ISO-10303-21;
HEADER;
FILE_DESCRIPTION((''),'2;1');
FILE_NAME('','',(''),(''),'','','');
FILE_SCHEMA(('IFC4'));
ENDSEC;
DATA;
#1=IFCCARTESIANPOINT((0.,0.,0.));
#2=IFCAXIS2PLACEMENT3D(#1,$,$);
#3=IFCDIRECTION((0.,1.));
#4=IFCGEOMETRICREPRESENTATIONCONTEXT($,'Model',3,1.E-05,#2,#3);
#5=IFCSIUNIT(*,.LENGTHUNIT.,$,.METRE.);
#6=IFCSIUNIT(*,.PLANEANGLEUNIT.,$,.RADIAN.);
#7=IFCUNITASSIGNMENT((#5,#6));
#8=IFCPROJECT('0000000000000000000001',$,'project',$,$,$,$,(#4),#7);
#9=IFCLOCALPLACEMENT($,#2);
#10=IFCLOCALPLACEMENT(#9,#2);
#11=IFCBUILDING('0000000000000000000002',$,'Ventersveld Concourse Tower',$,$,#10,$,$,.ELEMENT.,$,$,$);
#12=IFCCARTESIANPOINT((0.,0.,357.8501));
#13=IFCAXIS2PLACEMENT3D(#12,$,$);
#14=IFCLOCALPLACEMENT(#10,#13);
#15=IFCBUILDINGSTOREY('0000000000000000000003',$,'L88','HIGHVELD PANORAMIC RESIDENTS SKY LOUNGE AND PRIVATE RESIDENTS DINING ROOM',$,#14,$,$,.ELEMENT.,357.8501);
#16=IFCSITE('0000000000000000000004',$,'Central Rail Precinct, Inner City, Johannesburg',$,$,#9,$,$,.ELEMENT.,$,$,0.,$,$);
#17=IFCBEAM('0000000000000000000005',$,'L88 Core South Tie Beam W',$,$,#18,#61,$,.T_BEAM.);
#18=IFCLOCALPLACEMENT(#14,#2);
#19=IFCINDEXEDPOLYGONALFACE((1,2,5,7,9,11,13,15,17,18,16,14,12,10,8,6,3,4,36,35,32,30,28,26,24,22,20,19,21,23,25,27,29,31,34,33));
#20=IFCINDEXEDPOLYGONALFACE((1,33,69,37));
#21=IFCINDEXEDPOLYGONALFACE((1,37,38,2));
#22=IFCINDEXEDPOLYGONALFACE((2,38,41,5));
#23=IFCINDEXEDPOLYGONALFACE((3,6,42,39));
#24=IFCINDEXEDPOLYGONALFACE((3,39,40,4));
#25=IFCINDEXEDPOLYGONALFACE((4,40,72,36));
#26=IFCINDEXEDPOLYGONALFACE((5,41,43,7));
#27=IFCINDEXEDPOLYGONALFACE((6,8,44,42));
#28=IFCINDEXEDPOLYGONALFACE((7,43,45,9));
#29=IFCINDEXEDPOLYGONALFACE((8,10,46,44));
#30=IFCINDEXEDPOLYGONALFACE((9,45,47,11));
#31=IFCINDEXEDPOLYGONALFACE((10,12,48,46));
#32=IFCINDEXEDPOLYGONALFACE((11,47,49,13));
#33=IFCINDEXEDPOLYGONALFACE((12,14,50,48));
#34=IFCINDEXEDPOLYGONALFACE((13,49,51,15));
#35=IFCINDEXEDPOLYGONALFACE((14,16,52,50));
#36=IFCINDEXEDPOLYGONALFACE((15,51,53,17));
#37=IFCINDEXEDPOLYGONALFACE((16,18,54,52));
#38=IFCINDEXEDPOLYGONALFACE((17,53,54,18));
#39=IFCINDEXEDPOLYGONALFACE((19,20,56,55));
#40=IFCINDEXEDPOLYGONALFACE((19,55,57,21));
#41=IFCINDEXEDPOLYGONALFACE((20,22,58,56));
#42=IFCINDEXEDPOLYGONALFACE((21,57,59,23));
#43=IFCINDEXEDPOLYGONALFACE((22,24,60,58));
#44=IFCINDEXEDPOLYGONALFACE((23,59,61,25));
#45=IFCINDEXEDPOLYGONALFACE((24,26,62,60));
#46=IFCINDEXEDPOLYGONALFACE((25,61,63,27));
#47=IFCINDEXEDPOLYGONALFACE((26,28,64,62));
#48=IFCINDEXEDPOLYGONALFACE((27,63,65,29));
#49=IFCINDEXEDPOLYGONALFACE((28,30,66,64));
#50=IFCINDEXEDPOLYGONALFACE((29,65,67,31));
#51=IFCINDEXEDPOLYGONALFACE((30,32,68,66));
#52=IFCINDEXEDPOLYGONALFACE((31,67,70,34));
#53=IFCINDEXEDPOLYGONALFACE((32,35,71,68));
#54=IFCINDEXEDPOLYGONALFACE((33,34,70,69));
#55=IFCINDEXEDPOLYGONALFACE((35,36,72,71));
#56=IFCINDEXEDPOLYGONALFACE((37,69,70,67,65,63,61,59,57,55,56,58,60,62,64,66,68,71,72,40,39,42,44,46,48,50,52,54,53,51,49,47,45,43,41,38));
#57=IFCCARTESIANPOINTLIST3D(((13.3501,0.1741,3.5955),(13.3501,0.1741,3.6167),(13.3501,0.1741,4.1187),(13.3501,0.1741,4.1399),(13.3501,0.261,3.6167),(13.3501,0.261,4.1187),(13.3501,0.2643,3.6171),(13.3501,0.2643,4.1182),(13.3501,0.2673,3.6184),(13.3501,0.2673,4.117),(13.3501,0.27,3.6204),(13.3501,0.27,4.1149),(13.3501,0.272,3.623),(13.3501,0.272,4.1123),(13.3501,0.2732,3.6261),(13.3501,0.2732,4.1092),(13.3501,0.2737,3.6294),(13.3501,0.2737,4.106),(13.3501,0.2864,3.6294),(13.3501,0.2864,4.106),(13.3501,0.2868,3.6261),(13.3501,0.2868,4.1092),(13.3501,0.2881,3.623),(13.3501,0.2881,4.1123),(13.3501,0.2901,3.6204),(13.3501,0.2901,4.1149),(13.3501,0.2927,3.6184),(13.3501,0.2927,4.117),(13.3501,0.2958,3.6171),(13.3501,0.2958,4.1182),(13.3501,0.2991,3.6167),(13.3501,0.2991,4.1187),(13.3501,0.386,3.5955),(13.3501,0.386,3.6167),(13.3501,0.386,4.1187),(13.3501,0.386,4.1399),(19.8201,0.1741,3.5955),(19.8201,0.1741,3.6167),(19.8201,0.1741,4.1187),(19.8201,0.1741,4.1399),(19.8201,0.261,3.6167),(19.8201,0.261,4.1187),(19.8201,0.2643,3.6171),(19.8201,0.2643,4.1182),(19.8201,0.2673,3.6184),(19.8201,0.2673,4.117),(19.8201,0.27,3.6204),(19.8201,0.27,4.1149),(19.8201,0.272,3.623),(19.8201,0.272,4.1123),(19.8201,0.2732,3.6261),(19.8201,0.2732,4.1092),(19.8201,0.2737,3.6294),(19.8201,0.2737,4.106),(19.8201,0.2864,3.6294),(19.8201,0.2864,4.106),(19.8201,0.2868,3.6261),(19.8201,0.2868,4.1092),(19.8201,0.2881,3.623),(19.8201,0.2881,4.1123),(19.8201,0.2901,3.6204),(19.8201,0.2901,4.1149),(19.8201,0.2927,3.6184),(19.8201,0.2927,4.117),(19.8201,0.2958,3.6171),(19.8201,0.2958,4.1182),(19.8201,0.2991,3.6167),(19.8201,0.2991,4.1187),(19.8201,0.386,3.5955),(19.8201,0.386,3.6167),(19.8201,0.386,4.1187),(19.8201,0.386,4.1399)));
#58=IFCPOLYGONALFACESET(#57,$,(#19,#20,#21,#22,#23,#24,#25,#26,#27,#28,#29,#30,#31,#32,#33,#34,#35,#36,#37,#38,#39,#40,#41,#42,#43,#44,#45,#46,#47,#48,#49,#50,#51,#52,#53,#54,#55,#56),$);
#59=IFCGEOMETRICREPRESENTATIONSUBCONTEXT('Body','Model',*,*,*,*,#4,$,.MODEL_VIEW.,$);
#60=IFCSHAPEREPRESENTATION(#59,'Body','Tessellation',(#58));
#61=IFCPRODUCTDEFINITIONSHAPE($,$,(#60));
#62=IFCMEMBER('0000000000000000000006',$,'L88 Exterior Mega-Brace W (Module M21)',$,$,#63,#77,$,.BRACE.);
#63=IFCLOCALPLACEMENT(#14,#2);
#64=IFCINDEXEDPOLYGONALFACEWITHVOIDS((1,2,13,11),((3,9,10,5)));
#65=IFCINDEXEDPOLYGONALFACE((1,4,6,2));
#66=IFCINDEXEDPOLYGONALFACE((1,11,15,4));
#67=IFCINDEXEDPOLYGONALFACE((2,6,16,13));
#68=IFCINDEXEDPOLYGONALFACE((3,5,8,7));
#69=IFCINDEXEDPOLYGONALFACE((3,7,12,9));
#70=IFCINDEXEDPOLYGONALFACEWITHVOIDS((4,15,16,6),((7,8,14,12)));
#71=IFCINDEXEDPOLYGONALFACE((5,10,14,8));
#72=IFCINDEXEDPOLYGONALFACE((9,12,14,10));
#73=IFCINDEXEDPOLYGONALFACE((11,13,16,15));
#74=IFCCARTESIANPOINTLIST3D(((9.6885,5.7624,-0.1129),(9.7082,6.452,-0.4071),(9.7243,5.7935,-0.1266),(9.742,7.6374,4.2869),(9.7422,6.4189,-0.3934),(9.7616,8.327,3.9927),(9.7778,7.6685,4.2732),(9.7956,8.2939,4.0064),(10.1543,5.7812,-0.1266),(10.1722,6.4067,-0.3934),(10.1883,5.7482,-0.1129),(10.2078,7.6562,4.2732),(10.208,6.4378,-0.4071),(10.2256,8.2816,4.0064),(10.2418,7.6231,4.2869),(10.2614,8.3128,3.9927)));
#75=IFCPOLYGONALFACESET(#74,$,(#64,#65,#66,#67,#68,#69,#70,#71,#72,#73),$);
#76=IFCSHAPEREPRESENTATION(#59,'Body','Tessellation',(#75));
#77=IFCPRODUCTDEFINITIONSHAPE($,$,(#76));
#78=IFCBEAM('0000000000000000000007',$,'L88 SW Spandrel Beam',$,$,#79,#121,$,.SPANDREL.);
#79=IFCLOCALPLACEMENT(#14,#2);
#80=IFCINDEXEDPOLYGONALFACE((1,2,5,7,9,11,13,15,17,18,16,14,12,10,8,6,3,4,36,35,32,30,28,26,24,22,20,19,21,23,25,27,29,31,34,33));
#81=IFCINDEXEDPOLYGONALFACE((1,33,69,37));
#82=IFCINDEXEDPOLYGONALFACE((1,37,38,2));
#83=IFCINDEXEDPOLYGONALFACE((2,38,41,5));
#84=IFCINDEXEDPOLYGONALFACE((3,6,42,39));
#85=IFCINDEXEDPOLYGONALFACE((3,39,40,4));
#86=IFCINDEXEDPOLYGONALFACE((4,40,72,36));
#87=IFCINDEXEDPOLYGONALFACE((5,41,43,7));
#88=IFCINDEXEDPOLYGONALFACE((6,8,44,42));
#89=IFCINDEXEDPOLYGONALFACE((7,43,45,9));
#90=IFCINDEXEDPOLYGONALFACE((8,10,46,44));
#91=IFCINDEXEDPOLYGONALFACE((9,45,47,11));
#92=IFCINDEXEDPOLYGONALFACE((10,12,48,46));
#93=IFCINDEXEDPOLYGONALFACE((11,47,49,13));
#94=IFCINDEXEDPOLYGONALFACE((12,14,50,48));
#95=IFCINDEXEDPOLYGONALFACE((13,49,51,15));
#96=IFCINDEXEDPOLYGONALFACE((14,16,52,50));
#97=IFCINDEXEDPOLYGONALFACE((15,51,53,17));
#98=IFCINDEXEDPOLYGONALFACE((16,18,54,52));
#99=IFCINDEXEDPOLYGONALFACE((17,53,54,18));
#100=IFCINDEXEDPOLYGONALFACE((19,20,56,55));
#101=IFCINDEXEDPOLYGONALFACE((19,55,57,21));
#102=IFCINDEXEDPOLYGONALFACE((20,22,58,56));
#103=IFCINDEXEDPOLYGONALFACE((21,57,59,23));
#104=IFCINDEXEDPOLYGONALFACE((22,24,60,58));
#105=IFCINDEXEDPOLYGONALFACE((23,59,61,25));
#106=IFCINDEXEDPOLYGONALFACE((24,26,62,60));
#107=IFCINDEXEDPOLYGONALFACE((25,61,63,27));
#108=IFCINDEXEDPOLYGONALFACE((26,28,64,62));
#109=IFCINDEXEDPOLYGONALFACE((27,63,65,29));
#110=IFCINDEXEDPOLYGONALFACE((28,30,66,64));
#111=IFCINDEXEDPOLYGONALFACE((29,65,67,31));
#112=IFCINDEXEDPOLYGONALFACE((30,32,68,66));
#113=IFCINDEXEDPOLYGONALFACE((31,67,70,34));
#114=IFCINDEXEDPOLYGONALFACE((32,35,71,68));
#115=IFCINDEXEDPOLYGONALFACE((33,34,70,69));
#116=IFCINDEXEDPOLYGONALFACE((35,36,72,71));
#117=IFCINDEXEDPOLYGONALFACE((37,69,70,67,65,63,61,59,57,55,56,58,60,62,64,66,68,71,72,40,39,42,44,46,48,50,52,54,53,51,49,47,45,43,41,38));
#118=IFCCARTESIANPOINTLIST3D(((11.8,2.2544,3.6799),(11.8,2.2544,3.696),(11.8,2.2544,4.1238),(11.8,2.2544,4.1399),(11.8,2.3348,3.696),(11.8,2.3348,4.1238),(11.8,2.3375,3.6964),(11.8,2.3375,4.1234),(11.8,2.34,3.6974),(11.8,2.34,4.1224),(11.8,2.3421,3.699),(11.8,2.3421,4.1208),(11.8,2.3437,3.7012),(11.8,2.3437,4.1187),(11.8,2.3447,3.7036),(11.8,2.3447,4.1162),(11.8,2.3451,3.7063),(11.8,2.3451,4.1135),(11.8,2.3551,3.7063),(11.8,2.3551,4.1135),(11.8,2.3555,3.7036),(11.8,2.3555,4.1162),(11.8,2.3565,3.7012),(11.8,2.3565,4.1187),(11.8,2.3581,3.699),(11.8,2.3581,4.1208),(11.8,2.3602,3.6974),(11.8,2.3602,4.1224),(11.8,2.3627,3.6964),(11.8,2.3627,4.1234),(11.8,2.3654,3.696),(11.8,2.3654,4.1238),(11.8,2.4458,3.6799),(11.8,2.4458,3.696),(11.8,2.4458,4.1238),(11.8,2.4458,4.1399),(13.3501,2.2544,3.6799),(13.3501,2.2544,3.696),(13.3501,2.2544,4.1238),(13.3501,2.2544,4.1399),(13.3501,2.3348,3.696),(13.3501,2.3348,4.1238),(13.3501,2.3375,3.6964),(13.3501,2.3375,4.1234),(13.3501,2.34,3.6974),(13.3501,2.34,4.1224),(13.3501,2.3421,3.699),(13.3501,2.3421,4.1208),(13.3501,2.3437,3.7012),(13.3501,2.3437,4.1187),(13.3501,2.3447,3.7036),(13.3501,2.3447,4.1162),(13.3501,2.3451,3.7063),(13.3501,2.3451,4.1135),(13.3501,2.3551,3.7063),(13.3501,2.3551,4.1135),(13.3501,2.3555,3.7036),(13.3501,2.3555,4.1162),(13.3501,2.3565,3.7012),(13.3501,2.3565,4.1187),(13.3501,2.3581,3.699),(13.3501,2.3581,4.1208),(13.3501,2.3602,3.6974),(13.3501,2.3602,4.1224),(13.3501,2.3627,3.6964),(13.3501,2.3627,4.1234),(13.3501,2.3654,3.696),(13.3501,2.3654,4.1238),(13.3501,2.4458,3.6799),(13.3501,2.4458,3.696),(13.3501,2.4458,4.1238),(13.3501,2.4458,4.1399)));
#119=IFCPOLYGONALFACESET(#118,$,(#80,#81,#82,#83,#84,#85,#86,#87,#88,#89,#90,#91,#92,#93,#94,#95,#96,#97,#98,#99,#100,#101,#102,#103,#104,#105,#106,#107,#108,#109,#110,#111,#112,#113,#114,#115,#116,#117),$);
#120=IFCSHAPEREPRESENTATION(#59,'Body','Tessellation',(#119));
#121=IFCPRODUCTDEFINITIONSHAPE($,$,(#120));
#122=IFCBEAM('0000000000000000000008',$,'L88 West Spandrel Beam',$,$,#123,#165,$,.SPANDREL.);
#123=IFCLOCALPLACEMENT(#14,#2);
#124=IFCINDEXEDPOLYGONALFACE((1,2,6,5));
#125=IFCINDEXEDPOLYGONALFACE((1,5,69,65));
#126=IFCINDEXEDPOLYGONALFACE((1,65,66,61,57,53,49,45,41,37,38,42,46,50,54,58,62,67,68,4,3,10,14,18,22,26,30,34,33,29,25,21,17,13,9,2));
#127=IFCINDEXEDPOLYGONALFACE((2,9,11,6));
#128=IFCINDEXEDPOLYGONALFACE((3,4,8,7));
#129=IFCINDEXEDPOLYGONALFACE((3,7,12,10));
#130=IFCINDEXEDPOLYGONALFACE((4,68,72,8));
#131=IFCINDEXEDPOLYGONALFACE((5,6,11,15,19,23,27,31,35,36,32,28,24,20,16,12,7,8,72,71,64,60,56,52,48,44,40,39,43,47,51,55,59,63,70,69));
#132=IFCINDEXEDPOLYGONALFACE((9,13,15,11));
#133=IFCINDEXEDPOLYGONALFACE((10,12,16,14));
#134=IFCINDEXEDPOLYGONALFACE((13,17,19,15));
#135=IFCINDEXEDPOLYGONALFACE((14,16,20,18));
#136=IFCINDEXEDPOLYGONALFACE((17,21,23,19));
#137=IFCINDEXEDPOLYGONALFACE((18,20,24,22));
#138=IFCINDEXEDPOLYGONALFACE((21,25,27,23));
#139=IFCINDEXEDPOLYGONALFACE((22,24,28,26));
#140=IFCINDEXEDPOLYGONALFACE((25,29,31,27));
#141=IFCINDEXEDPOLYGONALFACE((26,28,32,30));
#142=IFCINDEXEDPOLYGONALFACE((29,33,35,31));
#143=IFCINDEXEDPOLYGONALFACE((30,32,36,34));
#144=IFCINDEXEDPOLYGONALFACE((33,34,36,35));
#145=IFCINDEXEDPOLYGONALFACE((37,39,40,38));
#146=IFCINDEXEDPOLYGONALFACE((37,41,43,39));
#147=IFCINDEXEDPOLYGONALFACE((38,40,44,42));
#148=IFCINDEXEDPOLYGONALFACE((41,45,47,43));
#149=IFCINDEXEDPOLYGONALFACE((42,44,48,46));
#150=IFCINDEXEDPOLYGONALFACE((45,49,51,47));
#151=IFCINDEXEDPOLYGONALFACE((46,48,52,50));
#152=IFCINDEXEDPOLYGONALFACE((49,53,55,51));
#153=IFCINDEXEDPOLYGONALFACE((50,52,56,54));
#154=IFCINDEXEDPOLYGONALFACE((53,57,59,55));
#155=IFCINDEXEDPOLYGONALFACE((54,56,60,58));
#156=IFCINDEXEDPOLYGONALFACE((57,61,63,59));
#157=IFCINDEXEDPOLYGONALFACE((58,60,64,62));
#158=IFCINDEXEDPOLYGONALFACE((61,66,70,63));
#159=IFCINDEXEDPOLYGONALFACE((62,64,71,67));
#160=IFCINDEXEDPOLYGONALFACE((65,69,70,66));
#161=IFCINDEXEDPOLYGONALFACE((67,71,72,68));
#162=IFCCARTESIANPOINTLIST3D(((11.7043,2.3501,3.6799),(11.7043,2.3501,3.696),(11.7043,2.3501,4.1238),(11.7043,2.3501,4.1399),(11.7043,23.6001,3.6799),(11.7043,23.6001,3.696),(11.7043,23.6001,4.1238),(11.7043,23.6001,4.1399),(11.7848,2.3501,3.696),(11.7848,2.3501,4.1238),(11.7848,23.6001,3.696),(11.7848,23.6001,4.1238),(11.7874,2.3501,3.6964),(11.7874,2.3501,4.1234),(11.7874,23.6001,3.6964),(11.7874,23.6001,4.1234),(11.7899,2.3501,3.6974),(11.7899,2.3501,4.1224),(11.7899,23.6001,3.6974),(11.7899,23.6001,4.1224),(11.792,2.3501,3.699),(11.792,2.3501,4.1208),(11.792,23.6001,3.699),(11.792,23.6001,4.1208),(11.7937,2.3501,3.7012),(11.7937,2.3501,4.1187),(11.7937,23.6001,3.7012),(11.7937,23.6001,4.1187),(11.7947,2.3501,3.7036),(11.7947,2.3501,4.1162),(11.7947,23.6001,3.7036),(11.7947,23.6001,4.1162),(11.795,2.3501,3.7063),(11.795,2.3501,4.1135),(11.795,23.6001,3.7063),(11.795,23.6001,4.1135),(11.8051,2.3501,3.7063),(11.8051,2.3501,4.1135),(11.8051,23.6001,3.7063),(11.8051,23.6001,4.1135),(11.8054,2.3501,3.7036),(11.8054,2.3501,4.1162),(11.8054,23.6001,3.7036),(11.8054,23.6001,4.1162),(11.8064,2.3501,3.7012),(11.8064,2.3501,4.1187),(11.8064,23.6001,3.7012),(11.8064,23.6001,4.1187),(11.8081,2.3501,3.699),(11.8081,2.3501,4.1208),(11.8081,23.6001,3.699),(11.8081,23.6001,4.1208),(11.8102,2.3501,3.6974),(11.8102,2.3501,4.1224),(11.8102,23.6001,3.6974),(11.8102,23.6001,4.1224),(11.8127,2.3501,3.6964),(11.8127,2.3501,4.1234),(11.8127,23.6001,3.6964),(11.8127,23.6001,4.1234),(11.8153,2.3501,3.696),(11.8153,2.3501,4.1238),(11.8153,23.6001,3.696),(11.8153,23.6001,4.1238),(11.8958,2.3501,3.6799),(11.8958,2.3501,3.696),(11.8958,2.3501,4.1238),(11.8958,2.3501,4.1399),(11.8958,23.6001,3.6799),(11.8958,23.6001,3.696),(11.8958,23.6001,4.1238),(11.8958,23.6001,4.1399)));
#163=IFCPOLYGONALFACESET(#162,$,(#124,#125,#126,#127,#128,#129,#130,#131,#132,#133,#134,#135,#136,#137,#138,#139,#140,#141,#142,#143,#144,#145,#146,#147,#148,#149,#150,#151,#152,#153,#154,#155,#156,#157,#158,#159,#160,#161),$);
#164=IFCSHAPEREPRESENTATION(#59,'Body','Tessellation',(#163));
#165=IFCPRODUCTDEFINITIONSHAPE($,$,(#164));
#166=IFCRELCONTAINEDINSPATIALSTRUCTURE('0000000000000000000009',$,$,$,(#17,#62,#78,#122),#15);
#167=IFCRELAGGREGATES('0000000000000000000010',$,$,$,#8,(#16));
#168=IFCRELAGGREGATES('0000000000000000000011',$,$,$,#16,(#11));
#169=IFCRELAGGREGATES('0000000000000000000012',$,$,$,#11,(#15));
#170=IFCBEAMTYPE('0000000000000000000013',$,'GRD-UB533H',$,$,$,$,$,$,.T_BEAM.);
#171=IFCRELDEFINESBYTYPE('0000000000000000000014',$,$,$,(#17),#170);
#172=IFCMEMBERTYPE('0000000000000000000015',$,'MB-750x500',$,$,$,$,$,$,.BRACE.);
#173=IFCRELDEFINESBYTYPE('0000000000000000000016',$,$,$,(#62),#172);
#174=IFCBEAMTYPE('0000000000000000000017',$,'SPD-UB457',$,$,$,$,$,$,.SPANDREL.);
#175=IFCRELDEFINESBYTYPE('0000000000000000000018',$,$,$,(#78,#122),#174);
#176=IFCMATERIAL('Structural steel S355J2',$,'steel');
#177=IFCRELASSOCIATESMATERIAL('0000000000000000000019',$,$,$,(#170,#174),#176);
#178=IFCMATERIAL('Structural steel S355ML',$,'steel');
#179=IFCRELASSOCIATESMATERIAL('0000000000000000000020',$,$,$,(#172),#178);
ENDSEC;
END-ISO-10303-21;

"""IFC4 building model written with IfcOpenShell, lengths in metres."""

from ifc_helpers import new_model, si_unit, direction, frame, origin, origin_2d, place, context, subcontext, project, spatial, hollow_rectangle, i_section, extrude, material, material_profile, profile_set, type_object, element, save


model = new_model("IFC4")

# Units and contexts
model_context = context("Model", 3, precision=1e-05, world=origin(), true_north=direction((0.0, 1.0)))
body_context = subcontext(model_context, "Body", "Model", "MODEL_VIEW")
ifc_project = project(units=[si_unit("LENGTHUNIT", "METRE"), si_unit("PLANEANGLEUNIT", "RADIAN")], contexts=[model_context])

# Site, building, storey
site_placement = place(None, origin())
site = spatial("IfcSite", under=ifc_project, at=site_placement, Name="Central Rail Precinct, Inner City, Johannesburg", CompositionType="ELEMENT", RefElevation=0.0)
building_placement = place(site_placement, origin())
building = spatial("IfcBuilding", under=site, at=building_placement, Name="Ventersveld Concourse Tower", CompositionType="ELEMENT")
storey_placement = place(building_placement, frame((0.0, 0.0, 357.8501)))
storey = spatial("IfcBuildingStorey", under=building, at=storey_placement, Name="L88", Description="HIGHVELD PANORAMIC RESIDENTS SKY LOUNGE AND PRIVATE RESIDENTS DINING ROOM", CompositionType="ELEMENT", Elevation=357.8501)

# Beam
ifc_material_1 = material(Name="Structural steel S355J2", Category="steel")
ifc_material_profile_1 = material_profile(ifc_material_1, i_section(OverallWidth=0.2119, OverallDepth=0.5444, WebThickness=0.0127, FlangeThickness=0.0212, FilletRadius=0.0127, at=origin_2d()), Name="UB 533x210x122")
ifc_profile_set_1 = profile_set([ifc_material_profile_1], Name="Structural steel S355J2")
beam_type_1 = type_object("IfcBeamType", Name="GRD-UB533H", PredefinedType="T_BEAM", material=ifc_profile_set_1)
beam_1_placement = place(storey_placement, frame((13.3501, 0.28, 3.8677), z_axis=(1.0, 0.0, 0.0), x_axis=(0.0, 1.0, 0.0)))
element("IfcBeam", 1, at=beam_1_placement, inside=storey, type_object=beam_type_1, Name="L88 Core South Tie Beam W", PredefinedType="T_BEAM", context=body_context, shape_type="SweptSolid", body=[
    extrude(i_section(OverallWidth=0.2119, OverallDepth=0.5444, WebThickness=0.0127, FlangeThickness=0.0212, FilletRadius=0.0127, at=origin_2d()), origin(), (0.0, 0.0, 1.0), 6.47),
])

# Member
ifc_material_2 = material(Name="Structural steel S355ML", Category="steel")
ifc_material_profile_2 = material_profile(ifc_material_2, hollow_rectangle(XDim=0.5, YDim=0.75, WallThickness=0.0349, at=origin_2d()), Name="BOX 750x500x35")
ifc_profile_set_2 = profile_set([ifc_material_profile_2], Name="Structural steel S355ML")
member_type = type_object("IfcMemberType", Name="MB-750x500", PredefinedType="BRACE", material=ifc_profile_set_2)
member_placement = place(storey_placement, frame((9.9482, 6.1001, -0.26), z_axis=(0.011178, 0.392009, 0.919894), x_axis=(-0.999594, 0.028504, 0.0)))
element("IfcMember", 2, at=member_placement, inside=storey, type_object=member_type, Name="L88 Exterior Mega-Brace W (Module M21)", PredefinedType="BRACE", context=body_context, shape_type="SweptSolid", body=[
    extrude(hollow_rectangle(XDim=0.5, YDim=0.75, WallThickness=0.0349, at=origin_2d()), origin(), (0.0, 0.0, 1.0), 4.783),
])

# Beams
ifc_material_profile_3 = material_profile(ifc_material_1, i_section(OverallWidth=0.1914, OverallDepth=0.46, WebThickness=0.01, FlangeThickness=0.0161, FilletRadius=0.0103, at=origin_2d()), Name="UB 457x191x82")
ifc_profile_set_3 = profile_set([ifc_material_profile_3], Name="Structural steel S355J2")
beam_type_2 = type_object("IfcBeamType", Name="SPD-UB457", PredefinedType="SPANDREL", material=ifc_profile_set_3)
beam_2_placement = place(storey_placement, frame((11.8, 2.3501, 3.9099), z_axis=(1.0, 0.0, 0.0), x_axis=(0.0, 1.0, 0.0)))
element("IfcBeam", 3, at=beam_2_placement, inside=storey, type_object=beam_type_2, Name="L88 SW Spandrel Beam", PredefinedType="SPANDREL", context=body_context, shape_type="SweptSolid", body=[
    extrude(i_section(OverallWidth=0.1914, OverallDepth=0.46, WebThickness=0.01, FlangeThickness=0.0161, FilletRadius=0.0103, at=origin_2d()), origin(), (0.0, 0.0, 1.0), 1.55),
])
beam_3_placement = place(storey_placement, frame((11.8, 2.3501, 3.9099), z_axis=(0.0, 1.0, 0.0), x_axis=(-1.0, 0.0, 0.0)))
element("IfcBeam", 4, at=beam_3_placement, inside=storey, type_object=beam_type_2, Name="L88 West Spandrel Beam", PredefinedType="SPANDREL", context=body_context, shape_type="SweptSolid", body=[
    extrude(i_section(OverallWidth=0.1914, OverallDepth=0.46, WebThickness=0.01, FlangeThickness=0.0161, FilletRadius=0.0103, at=origin_2d()), origin(), (0.0, 0.0, 1.0), 21.25),
])

save(model, "model.ifc")
